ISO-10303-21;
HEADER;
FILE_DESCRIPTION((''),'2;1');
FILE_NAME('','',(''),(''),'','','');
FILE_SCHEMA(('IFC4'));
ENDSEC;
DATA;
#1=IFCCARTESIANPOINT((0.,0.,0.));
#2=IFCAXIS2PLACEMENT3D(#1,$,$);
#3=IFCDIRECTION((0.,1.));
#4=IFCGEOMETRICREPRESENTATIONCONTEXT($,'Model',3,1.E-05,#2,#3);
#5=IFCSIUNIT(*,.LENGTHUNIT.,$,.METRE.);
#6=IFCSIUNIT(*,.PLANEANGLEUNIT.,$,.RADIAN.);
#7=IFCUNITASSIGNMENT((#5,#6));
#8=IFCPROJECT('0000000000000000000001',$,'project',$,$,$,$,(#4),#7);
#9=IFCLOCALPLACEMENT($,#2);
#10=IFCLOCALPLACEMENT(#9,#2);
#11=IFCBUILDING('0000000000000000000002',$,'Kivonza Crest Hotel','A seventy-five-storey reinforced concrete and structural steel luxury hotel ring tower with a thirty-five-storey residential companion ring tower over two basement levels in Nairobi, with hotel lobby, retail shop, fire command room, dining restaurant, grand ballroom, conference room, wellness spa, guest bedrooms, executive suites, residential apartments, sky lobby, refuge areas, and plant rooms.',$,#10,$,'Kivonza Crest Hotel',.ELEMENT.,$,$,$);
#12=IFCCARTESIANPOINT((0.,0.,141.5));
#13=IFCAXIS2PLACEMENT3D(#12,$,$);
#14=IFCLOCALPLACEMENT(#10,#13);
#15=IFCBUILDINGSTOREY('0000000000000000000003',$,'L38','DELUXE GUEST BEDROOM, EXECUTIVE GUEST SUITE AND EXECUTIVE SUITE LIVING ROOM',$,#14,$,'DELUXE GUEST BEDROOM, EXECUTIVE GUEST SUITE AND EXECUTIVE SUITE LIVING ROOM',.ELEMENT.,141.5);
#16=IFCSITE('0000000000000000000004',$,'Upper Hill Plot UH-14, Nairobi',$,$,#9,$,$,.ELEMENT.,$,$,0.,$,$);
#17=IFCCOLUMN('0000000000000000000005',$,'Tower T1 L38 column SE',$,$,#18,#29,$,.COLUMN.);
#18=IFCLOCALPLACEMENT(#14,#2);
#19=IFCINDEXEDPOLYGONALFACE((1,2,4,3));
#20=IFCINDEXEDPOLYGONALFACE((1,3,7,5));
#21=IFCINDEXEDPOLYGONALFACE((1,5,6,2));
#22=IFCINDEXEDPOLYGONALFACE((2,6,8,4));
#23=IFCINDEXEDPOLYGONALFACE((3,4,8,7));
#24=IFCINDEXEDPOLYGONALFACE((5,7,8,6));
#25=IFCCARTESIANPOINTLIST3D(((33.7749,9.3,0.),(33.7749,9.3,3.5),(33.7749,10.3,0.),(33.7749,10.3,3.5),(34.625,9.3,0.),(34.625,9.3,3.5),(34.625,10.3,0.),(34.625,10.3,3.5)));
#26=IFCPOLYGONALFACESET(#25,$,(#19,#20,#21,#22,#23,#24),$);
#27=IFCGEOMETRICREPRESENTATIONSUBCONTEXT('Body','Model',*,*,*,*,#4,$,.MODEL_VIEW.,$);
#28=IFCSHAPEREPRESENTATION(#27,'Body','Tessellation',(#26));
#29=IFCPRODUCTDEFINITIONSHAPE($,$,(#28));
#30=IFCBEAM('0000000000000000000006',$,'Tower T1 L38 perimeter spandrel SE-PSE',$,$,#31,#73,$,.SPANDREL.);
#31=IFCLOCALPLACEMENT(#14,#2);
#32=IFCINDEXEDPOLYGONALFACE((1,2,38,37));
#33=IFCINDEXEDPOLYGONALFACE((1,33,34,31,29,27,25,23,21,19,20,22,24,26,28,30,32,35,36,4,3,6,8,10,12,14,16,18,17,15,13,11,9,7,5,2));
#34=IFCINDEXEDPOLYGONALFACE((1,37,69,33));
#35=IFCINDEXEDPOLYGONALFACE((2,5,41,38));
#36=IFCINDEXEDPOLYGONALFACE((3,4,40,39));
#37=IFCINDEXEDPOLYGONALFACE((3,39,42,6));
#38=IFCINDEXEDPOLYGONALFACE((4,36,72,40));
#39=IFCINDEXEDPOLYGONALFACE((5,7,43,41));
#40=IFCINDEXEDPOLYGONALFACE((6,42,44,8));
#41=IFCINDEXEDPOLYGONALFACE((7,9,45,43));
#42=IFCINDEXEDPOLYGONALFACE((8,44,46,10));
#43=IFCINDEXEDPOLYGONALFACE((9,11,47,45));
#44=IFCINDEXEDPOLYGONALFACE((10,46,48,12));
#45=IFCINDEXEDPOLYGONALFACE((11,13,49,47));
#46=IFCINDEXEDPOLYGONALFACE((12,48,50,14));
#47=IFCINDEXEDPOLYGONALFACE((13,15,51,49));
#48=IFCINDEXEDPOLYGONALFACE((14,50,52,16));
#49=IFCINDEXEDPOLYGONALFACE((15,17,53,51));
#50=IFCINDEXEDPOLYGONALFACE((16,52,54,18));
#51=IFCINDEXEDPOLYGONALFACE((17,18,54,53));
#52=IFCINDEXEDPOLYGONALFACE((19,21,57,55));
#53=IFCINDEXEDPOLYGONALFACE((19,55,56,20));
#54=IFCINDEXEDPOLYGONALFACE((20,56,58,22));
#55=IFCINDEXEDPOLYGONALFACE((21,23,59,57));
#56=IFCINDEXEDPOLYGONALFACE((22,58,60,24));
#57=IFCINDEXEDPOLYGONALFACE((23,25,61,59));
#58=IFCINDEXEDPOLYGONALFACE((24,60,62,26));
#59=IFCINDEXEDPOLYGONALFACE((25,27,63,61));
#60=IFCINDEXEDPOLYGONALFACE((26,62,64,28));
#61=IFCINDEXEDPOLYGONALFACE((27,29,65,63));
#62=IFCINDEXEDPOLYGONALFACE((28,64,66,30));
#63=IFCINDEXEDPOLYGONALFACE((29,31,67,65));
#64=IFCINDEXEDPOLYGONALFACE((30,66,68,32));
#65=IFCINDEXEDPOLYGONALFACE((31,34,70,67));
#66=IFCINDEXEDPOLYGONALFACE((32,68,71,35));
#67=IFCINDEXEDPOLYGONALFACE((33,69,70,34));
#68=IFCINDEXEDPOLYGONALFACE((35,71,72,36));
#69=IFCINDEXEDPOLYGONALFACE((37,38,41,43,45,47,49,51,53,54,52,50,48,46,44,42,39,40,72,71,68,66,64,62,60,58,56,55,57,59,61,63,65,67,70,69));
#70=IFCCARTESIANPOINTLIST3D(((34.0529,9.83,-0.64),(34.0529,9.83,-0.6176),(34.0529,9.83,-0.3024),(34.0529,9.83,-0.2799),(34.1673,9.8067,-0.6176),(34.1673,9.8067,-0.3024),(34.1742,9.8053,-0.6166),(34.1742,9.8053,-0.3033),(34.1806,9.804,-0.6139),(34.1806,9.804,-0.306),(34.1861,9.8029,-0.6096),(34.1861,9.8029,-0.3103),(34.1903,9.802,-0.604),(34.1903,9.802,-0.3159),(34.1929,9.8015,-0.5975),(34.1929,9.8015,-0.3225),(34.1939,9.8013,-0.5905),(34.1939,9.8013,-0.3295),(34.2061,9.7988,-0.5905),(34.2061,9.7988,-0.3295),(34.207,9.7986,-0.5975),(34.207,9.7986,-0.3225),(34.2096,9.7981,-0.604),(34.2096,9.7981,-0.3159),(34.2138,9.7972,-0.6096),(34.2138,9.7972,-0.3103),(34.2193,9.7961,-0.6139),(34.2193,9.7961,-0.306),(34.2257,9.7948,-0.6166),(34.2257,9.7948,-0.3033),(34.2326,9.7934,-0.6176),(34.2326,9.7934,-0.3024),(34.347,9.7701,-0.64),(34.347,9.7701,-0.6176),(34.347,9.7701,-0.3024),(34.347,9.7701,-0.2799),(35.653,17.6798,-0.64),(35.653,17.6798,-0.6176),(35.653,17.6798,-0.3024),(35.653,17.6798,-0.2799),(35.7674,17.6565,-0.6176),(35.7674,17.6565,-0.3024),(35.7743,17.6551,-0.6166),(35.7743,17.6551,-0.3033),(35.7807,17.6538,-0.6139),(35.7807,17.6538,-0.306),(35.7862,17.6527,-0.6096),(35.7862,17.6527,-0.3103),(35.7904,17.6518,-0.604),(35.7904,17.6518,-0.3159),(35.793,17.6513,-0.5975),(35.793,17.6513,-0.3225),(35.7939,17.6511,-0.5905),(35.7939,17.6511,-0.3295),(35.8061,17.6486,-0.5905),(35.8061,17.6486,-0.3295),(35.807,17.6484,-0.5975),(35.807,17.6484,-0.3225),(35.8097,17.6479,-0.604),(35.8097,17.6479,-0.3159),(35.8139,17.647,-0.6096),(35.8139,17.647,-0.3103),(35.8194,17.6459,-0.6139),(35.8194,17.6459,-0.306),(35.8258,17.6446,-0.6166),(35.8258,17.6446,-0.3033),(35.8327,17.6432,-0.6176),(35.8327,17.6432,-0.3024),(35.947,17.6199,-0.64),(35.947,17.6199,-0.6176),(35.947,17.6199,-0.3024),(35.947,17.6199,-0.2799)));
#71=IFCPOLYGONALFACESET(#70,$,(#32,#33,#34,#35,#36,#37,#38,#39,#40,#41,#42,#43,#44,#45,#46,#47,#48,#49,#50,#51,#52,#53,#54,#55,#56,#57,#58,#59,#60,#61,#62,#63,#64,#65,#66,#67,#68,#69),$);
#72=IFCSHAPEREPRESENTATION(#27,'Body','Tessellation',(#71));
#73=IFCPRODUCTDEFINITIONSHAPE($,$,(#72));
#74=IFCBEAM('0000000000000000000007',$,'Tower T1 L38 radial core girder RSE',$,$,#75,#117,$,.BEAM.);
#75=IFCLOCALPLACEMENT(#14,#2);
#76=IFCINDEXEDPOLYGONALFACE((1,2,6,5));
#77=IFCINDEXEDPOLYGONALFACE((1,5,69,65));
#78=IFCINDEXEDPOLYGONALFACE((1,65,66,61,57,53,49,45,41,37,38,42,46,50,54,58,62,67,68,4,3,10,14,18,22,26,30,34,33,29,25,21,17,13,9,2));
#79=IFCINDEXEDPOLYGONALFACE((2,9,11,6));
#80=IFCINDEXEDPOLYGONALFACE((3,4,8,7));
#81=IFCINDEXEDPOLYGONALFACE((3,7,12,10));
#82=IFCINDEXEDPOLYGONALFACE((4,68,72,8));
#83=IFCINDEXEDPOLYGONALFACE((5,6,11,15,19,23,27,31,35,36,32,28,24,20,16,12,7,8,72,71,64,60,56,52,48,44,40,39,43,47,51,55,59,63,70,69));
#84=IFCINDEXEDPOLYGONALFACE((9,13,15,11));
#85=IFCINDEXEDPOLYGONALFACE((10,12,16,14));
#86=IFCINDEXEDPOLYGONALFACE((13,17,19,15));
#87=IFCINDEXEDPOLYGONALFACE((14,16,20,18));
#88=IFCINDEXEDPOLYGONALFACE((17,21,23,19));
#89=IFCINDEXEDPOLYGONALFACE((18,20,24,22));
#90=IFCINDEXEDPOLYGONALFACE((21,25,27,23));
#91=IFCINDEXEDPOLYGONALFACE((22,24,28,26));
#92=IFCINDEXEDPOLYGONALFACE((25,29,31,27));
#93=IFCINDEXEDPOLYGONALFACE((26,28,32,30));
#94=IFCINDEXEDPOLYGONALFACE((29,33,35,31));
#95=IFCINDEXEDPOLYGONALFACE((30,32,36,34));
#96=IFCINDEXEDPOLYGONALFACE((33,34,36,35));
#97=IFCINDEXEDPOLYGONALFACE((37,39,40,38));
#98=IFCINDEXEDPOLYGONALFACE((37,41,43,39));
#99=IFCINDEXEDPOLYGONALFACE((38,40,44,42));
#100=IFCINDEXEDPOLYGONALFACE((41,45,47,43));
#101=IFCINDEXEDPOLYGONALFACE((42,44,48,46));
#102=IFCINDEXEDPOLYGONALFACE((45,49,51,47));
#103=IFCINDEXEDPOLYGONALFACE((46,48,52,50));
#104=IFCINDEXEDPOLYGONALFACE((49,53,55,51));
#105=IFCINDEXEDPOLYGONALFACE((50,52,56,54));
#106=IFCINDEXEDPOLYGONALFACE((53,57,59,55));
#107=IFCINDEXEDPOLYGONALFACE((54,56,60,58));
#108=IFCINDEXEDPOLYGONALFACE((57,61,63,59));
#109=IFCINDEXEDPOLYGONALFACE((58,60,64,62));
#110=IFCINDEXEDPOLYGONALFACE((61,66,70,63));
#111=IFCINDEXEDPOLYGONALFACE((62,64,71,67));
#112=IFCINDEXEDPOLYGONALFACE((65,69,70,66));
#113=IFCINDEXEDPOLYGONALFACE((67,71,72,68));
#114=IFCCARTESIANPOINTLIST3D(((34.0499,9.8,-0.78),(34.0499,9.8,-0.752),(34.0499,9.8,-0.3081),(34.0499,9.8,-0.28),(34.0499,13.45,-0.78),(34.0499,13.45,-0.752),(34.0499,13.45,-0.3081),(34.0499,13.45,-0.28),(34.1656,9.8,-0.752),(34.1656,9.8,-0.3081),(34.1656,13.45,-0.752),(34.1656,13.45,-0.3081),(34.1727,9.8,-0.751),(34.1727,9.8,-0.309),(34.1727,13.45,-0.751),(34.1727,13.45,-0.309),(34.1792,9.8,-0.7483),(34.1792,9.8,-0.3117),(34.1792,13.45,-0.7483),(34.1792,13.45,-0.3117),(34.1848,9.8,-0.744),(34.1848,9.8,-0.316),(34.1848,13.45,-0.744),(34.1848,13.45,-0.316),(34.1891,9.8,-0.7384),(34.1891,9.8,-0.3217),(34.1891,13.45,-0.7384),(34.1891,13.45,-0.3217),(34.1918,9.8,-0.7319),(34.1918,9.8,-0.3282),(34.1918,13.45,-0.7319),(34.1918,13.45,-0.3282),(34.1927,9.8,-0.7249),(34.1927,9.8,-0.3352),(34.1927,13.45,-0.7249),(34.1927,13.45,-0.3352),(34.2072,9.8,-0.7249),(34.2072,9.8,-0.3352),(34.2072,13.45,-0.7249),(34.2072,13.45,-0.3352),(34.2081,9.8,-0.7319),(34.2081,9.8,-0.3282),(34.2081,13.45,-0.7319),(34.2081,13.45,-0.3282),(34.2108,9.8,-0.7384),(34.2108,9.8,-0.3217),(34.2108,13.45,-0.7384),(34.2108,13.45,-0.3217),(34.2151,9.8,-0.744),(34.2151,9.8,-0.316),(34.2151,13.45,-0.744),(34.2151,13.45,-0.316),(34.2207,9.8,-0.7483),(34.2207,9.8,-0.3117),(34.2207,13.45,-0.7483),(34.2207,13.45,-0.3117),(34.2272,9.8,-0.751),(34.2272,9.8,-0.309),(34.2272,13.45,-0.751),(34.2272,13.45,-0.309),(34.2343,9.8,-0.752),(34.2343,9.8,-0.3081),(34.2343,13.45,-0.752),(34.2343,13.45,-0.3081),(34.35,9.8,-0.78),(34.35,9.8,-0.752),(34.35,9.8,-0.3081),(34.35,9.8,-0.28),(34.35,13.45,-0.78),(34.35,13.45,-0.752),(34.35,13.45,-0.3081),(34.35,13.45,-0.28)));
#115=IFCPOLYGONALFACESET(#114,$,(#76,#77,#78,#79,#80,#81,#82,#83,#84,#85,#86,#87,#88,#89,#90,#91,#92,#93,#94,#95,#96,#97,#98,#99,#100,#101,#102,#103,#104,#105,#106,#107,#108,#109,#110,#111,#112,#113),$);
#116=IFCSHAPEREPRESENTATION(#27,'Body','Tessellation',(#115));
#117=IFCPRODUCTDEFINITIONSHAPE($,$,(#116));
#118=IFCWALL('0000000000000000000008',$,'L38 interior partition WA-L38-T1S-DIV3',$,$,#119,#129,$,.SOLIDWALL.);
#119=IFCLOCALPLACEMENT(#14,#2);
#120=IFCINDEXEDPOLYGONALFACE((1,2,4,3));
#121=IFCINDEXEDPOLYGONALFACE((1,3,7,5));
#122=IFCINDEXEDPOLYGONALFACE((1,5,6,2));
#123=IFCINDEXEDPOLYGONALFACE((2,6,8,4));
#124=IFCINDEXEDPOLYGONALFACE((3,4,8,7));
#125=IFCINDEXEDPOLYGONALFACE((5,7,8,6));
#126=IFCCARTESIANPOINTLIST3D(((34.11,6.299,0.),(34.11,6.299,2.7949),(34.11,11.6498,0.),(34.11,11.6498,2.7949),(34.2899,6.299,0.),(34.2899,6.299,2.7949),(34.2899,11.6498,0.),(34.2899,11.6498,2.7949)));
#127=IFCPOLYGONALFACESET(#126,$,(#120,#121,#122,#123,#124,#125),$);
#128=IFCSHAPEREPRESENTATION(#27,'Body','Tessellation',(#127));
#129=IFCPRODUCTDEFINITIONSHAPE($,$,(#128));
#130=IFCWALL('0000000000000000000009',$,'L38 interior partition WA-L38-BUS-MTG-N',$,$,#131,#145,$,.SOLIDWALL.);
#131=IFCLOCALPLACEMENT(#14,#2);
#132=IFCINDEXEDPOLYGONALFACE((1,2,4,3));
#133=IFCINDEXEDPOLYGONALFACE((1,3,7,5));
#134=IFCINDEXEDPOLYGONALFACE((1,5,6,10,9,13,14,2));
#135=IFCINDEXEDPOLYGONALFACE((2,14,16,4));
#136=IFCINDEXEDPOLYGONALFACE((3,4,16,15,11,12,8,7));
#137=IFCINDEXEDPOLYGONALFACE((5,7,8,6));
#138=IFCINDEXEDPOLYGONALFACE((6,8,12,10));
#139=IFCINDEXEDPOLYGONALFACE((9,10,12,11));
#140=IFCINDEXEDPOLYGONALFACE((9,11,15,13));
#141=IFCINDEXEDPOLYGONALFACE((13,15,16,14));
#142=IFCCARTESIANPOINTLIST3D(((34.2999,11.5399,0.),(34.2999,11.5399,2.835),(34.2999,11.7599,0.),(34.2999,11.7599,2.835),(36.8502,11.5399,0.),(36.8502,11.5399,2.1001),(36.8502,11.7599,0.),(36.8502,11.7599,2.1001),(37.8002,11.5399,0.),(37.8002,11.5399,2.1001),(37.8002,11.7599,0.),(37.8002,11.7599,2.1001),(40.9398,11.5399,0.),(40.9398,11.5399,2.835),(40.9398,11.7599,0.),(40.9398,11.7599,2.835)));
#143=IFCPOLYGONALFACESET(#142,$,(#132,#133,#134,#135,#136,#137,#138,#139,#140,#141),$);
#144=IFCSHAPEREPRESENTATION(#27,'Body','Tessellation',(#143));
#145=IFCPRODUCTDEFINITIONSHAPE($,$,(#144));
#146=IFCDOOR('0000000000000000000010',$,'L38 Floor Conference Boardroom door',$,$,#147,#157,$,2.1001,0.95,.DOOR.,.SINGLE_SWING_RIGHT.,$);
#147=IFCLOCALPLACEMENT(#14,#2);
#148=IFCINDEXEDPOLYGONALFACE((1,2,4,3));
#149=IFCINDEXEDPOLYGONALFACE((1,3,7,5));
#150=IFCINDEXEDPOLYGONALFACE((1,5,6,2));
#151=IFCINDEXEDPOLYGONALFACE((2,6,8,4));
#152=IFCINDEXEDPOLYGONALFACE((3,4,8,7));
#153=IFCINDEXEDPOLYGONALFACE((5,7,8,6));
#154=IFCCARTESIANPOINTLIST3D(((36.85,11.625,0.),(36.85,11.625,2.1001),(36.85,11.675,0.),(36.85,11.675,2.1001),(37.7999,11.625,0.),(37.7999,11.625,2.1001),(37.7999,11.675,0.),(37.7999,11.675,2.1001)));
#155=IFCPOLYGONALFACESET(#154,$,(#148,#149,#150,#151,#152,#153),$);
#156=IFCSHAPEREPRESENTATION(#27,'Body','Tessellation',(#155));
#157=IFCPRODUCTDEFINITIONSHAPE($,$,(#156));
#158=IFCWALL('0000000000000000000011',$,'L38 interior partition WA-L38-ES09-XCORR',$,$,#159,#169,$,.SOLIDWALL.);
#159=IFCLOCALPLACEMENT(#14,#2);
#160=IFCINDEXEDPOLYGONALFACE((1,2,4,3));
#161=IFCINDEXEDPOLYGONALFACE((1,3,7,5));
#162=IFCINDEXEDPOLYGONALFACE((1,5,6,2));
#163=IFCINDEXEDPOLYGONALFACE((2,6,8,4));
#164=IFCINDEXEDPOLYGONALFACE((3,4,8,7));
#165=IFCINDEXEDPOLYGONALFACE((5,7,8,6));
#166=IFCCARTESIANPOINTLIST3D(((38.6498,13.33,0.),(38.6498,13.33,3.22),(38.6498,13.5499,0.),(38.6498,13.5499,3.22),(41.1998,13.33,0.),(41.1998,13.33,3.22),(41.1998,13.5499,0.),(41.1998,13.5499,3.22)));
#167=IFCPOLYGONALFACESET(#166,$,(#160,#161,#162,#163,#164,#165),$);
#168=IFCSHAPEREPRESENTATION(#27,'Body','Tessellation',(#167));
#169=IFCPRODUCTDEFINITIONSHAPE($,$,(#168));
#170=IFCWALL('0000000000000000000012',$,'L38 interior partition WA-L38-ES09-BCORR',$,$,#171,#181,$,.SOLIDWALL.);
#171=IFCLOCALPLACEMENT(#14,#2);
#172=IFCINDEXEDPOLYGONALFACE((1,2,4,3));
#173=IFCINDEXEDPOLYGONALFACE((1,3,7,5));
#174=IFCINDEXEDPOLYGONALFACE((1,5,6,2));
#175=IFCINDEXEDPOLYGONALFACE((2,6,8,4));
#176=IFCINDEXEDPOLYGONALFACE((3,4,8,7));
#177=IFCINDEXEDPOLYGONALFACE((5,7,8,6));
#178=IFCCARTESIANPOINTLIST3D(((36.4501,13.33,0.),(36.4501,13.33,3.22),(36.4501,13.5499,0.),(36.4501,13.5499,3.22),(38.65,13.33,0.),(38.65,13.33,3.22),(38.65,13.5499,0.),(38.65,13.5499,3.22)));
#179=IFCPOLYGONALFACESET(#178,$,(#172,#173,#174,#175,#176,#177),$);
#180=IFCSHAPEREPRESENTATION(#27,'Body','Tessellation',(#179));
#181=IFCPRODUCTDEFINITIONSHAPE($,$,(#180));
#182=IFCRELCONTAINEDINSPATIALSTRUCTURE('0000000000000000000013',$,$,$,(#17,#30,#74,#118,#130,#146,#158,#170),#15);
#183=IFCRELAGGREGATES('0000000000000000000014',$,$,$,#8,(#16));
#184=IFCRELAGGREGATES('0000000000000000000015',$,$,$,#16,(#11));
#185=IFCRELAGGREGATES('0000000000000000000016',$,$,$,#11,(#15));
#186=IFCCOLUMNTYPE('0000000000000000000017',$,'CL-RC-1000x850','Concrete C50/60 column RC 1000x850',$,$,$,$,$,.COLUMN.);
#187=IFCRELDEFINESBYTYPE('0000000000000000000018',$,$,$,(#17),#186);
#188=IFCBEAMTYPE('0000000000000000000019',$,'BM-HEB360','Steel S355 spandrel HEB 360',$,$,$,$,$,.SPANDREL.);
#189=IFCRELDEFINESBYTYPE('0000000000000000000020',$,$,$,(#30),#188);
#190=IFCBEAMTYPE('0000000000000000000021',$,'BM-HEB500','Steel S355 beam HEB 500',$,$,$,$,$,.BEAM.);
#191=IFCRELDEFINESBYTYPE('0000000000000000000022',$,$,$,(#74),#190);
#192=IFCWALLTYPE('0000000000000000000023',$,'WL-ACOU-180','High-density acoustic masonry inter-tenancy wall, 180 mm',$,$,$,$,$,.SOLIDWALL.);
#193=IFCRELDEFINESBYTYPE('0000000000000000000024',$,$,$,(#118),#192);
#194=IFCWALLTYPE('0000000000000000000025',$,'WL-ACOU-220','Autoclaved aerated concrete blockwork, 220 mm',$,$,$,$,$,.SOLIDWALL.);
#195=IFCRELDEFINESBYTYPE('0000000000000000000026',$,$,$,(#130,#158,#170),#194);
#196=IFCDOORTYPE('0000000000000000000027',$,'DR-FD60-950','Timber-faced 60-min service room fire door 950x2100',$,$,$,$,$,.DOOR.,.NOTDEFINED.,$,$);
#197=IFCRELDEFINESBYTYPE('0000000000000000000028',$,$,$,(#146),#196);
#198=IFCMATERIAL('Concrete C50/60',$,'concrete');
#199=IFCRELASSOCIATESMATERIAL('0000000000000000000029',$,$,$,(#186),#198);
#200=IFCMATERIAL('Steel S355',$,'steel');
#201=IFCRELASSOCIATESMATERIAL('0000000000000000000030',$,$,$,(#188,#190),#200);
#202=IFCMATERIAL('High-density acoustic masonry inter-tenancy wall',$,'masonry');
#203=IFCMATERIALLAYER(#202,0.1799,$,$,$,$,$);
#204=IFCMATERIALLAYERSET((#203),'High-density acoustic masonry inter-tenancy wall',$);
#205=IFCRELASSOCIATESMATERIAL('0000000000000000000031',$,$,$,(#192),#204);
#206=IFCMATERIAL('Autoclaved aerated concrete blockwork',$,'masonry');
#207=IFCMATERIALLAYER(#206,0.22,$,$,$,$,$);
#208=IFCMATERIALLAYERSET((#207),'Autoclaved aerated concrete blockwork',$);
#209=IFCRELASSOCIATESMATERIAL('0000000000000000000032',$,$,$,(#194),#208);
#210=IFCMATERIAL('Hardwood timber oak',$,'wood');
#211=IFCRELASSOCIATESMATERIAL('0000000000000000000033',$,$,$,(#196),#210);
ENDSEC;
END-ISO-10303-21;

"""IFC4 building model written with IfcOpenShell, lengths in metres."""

from ifc_helpers import new_model, si_unit, direction, frame, frame_2d, origin, origin_2d, place, context, subcontext, project, spatial, rectangle, i_section, extrude, material, layer, layer_set, material_profile, profile_set, type_object, element, fill, save


model = new_model("IFC4")

# Units and contexts
model_context = context("Model", 3, precision=1e-05, world=origin(), true_north=direction((0.0, 1.0)))
body_context = subcontext(model_context, "Body", "Model", "MODEL_VIEW")
ifc_project = project(units=[si_unit("LENGTHUNIT", "METRE"), si_unit("PLANEANGLEUNIT", "RADIAN")], contexts=[model_context])

# Site, building, storey
site_placement = place(None, origin())
site = spatial("IfcSite", under=ifc_project, at=site_placement, Name="Upper Hill Plot UH-14, Nairobi", CompositionType="ELEMENT", RefElevation=0.0)
building_placement = place(site_placement, origin())
building = spatial("IfcBuilding", under=site, at=building_placement, Name="Kivonza Crest Hotel", Description="A seventy-five-storey reinforced concrete and structural steel luxury hotel ring tower with a thirty-five-storey residential companion ring tower over two basement levels in Nairobi, with hotel lobby, retail shop, fire command room, dining restaurant, grand ballroom, conference room, wellness spa, guest bedrooms, executive suites, residential apartments, sky lobby, refuge areas, and plant rooms.", LongName="Kivonza Crest Hotel", CompositionType="ELEMENT")
storey_placement = place(building_placement, frame((0.0, 0.0, 141.5)))
storey = spatial("IfcBuildingStorey", under=building, at=storey_placement, Name="L38", Description="DELUXE GUEST BEDROOM, EXECUTIVE GUEST SUITE AND EXECUTIVE SUITE LIVING ROOM", LongName="DELUXE GUEST BEDROOM, EXECUTIVE GUEST SUITE AND EXECUTIVE SUITE LIVING ROOM", CompositionType="ELEMENT", Elevation=141.5)

# Column
ifc_material_1 = material(Name="Concrete C50/60", Category="concrete")
ifc_material_profile_1 = material_profile(ifc_material_1, rectangle(XDim=0.8501, YDim=1.0, at=origin_2d()), Name="RC 1000x850")
ifc_profile_set_1 = profile_set([ifc_material_profile_1], Name="Concrete C50/60")
column_type = type_object("IfcColumnType", Name="CL-RC-1000x850", Description="Concrete C50/60 column RC 1000x850", PredefinedType="COLUMN", material=ifc_profile_set_1)
column_placement = place(storey_placement, frame((34.2, 9.8, 0.0), z_axis=(0.0, 0.0, 1.0), x_axis=(1.0, 0.0, 0.0)))
element("IfcColumn", 1, at=column_placement, inside=storey, type_object=column_type, Name="Tower T1 L38 column SE", PredefinedType="COLUMN", context=body_context, shape_type="SweptSolid", body=[
    extrude(rectangle(XDim=0.8501, YDim=1.0, at=origin_2d()), origin(), (0.0, 0.0, 1.0), 3.5),
])

# Beams
ifc_material_2 = material(Name="Steel S355", Category="steel")
ifc_material_profile_2 = material_profile(ifc_material_2, i_section(OverallWidth=0.3, OverallDepth=0.3601, WebThickness=0.0125, FlangeThickness=0.0225, FilletRadius=0.0271, at=origin_2d()), Name="HEB 360")
ifc_profile_set_2 = profile_set([ifc_material_profile_2], Name="Steel S355")
beam_type_1 = type_object("IfcBeamType", Name="BM-HEB360", Description="Steel S355 spandrel HEB 360", PredefinedType="SPANDREL", material=ifc_profile_set_2)
beam_1_placement = place(storey_placement, frame((34.2, 9.8, -0.46), z_axis=(0.199731, 0.979851, 0.0), x_axis=(-0.979851, 0.199731, 0.0)))
element("IfcBeam", 2, at=beam_1_placement, inside=storey, type_object=beam_type_1, Name="Tower T1 L38 perimeter spandrel SE-PSE", PredefinedType="SPANDREL", context=body_context, shape_type="SweptSolid", body=[
    extrude(i_section(OverallWidth=0.3, OverallDepth=0.3601, WebThickness=0.0125, FlangeThickness=0.0225, FilletRadius=0.0271, at=origin_2d()), origin(), (0.0, 0.0, 1.0), 8.0112),
])
ifc_material_profile_3 = material_profile(ifc_material_2, i_section(OverallWidth=0.3, OverallDepth=0.5, WebThickness=0.0144, FlangeThickness=0.0281, FilletRadius=0.0271, at=origin_2d()), Name="HEB 500")
ifc_profile_set_3 = profile_set([ifc_material_profile_3], Name="Steel S355")
beam_type_2 = type_object("IfcBeamType", Name="BM-HEB500", Description="Steel S355 beam HEB 500", PredefinedType="BEAM", material=ifc_profile_set_3)
beam_2_placement = place(storey_placement, frame((34.2, 9.8, -0.53), z_axis=(0.0, 1.0, 0.0), x_axis=(-1.0, 0.0, 0.0)))
element("IfcBeam", 3, at=beam_2_placement, inside=storey, type_object=beam_type_2, Name="Tower T1 L38 radial core girder RSE", PredefinedType="BEAM", context=body_context, shape_type="SweptSolid", body=[
    extrude(i_section(OverallWidth=0.3, OverallDepth=0.5, WebThickness=0.0144, FlangeThickness=0.0281, FilletRadius=0.0271, at=origin_2d()), origin(), (0.0, 0.0, 1.0), 3.6499),
])

# Wall
ifc_material_3 = material(Name="High-density acoustic masonry inter-tenancy wall", Category="masonry")
ifc_layer_1 = layer(ifc_material_3, 0.1799)
ifc_layer_set_1 = layer_set([ifc_layer_1], Name="High-density acoustic masonry inter-tenancy wall")
wall_type_1 = type_object("IfcWallType", Name="WL-ACOU-180", Description="High-density acoustic masonry inter-tenancy wall, 180 mm", PredefinedType="SOLIDWALL", material=ifc_layer_set_1)
wall_1_placement = place(storey_placement, frame((34.2, 6.2991, 0.0), z_axis=(0.0, 0.0, 1.0), x_axis=(0.0, 1.0, 0.0)))
element("IfcWall", 4, at=wall_1_placement, inside=storey, type_object=wall_type_1, Name="L38 interior partition WA-L38-T1S-DIV3", PredefinedType="SOLIDWALL", context=body_context, shape_type="SweptSolid", body=[
    extrude(rectangle(XDim=5.3508, YDim=0.1799, at=frame_2d((2.6753, 0.0))), origin(), (0.0, 0.0, 1.0), 2.7949),
])

# Wall, opening, door
ifc_material_4 = material(Name="Autoclaved aerated concrete blockwork", Category="masonry")
ifc_layer_2 = layer(ifc_material_4, 0.22)
ifc_layer_set_2 = layer_set([ifc_layer_2], Name="Autoclaved aerated concrete blockwork")
wall_type_2 = type_object("IfcWallType", Name="WL-ACOU-220", Description="Autoclaved aerated concrete blockwork, 220 mm", PredefinedType="SOLIDWALL", material=ifc_layer_set_2)
wall_2_placement = place(storey_placement, frame((34.3, 11.6499, 0.0), z_axis=(0.0, 0.0, 1.0), x_axis=(1.0, 0.0, 0.0)))
wall_2 = element("IfcWall", 5, at=wall_2_placement, inside=storey, type_object=wall_type_2, Name="L38 interior partition WA-L38-BUS-MTG-N", PredefinedType="SOLIDWALL", context=body_context, shape_type="SweptSolid", body=[
    extrude(rectangle(XDim=6.6399, YDim=0.22, at=frame_2d((3.3198, 0.0))), origin(), (0.0, 0.0, 1.0), 2.835),
])
opening_1_placement = place(wall_2_placement, frame((2.55, 0.0, 0.0)))
opening_1 = element("IfcOpeningElement", 6, at=opening_1_placement, cuts=wall_2, PredefinedType="OPENING", context=body_context, shape_type="SweptSolid", body=[
    extrude(rectangle(XDim=0.95, YDim=2.1001, at=frame_2d((0.4751, 1.05))), frame((0.0, 0.1201, 0.0), z_axis=(0.0, -1.0, 0.0), x_axis=(1.0, 0.0, 0.0)), (0.0, 0.0, 1.0), 0.24),
])
ifc_material_5 = material(Name="Hardwood timber oak", Category="wood")
door_type_1 = type_object("IfcDoorType", Name="DR-FD60-950", Description="Timber-faced 60-min service room fire door 950x2100", OperationType="NOTDEFINED", PredefinedType="DOOR", material=ifc_material_5)
door_1_placement = place(opening_1_placement, frame((0.95, 0.0, 0.0), z_axis=(0.0, 0.0, 1.0), x_axis=(-1.0, 0.0, 0.0)))
door_1 = element("IfcDoor", 7, at=door_1_placement, inside=storey, type_object=door_type_1, Name="L38 Floor Conference Boardroom door", OperationType="SINGLE_SWING_RIGHT", OverallHeight=2.1001, OverallWidth=0.95, PredefinedType="DOOR", context=body_context, shape_type="SweptSolid", body=[
    extrude(rectangle(XDim=0.95, YDim=2.1001, at=frame_2d((0.4751, 1.05))), frame((0.0, 0.0249, 0.0), z_axis=(0.0, -1.0, 0.0), x_axis=(1.0, 0.0, 0.0)), (0.0, 0.0, 1.0), 0.05),
])
fill(opening_1, door_1)

# Walls
wall_3_placement = place(storey_placement, frame((38.6499, 13.4399, 0.0), z_axis=(0.0, 0.0, 1.0), x_axis=(1.0, 0.0, 0.0)))
element("IfcWall", 8, at=wall_3_placement, inside=storey, type_object=wall_type_2, Name="L38 interior partition WA-L38-ES09-XCORR", PredefinedType="SOLIDWALL", context=body_context, shape_type="SweptSolid", body=[
    extrude(rectangle(XDim=2.55, YDim=0.22, at=frame_2d((1.2749, 0.0))), origin(), (0.0, 0.0, 1.0), 3.22),
])
wall_4_placement = place(storey_placement, frame((36.45, 13.4399, 0.0), z_axis=(0.0, 0.0, 1.0), x_axis=(1.0, 0.0, 0.0)))
element("IfcWall", 9, at=wall_4_placement, inside=storey, type_object=wall_type_2, Name="L38 interior partition WA-L38-ES09-BCORR", PredefinedType="SOLIDWALL", context=body_context, shape_type="SweptSolid", body=[
    extrude(rectangle(XDim=2.2, YDim=0.22, at=frame_2d((1.1001, 0.0))), origin(), (0.0, 0.0, 1.0), 3.22),
])

save(model, "model.ifc")
